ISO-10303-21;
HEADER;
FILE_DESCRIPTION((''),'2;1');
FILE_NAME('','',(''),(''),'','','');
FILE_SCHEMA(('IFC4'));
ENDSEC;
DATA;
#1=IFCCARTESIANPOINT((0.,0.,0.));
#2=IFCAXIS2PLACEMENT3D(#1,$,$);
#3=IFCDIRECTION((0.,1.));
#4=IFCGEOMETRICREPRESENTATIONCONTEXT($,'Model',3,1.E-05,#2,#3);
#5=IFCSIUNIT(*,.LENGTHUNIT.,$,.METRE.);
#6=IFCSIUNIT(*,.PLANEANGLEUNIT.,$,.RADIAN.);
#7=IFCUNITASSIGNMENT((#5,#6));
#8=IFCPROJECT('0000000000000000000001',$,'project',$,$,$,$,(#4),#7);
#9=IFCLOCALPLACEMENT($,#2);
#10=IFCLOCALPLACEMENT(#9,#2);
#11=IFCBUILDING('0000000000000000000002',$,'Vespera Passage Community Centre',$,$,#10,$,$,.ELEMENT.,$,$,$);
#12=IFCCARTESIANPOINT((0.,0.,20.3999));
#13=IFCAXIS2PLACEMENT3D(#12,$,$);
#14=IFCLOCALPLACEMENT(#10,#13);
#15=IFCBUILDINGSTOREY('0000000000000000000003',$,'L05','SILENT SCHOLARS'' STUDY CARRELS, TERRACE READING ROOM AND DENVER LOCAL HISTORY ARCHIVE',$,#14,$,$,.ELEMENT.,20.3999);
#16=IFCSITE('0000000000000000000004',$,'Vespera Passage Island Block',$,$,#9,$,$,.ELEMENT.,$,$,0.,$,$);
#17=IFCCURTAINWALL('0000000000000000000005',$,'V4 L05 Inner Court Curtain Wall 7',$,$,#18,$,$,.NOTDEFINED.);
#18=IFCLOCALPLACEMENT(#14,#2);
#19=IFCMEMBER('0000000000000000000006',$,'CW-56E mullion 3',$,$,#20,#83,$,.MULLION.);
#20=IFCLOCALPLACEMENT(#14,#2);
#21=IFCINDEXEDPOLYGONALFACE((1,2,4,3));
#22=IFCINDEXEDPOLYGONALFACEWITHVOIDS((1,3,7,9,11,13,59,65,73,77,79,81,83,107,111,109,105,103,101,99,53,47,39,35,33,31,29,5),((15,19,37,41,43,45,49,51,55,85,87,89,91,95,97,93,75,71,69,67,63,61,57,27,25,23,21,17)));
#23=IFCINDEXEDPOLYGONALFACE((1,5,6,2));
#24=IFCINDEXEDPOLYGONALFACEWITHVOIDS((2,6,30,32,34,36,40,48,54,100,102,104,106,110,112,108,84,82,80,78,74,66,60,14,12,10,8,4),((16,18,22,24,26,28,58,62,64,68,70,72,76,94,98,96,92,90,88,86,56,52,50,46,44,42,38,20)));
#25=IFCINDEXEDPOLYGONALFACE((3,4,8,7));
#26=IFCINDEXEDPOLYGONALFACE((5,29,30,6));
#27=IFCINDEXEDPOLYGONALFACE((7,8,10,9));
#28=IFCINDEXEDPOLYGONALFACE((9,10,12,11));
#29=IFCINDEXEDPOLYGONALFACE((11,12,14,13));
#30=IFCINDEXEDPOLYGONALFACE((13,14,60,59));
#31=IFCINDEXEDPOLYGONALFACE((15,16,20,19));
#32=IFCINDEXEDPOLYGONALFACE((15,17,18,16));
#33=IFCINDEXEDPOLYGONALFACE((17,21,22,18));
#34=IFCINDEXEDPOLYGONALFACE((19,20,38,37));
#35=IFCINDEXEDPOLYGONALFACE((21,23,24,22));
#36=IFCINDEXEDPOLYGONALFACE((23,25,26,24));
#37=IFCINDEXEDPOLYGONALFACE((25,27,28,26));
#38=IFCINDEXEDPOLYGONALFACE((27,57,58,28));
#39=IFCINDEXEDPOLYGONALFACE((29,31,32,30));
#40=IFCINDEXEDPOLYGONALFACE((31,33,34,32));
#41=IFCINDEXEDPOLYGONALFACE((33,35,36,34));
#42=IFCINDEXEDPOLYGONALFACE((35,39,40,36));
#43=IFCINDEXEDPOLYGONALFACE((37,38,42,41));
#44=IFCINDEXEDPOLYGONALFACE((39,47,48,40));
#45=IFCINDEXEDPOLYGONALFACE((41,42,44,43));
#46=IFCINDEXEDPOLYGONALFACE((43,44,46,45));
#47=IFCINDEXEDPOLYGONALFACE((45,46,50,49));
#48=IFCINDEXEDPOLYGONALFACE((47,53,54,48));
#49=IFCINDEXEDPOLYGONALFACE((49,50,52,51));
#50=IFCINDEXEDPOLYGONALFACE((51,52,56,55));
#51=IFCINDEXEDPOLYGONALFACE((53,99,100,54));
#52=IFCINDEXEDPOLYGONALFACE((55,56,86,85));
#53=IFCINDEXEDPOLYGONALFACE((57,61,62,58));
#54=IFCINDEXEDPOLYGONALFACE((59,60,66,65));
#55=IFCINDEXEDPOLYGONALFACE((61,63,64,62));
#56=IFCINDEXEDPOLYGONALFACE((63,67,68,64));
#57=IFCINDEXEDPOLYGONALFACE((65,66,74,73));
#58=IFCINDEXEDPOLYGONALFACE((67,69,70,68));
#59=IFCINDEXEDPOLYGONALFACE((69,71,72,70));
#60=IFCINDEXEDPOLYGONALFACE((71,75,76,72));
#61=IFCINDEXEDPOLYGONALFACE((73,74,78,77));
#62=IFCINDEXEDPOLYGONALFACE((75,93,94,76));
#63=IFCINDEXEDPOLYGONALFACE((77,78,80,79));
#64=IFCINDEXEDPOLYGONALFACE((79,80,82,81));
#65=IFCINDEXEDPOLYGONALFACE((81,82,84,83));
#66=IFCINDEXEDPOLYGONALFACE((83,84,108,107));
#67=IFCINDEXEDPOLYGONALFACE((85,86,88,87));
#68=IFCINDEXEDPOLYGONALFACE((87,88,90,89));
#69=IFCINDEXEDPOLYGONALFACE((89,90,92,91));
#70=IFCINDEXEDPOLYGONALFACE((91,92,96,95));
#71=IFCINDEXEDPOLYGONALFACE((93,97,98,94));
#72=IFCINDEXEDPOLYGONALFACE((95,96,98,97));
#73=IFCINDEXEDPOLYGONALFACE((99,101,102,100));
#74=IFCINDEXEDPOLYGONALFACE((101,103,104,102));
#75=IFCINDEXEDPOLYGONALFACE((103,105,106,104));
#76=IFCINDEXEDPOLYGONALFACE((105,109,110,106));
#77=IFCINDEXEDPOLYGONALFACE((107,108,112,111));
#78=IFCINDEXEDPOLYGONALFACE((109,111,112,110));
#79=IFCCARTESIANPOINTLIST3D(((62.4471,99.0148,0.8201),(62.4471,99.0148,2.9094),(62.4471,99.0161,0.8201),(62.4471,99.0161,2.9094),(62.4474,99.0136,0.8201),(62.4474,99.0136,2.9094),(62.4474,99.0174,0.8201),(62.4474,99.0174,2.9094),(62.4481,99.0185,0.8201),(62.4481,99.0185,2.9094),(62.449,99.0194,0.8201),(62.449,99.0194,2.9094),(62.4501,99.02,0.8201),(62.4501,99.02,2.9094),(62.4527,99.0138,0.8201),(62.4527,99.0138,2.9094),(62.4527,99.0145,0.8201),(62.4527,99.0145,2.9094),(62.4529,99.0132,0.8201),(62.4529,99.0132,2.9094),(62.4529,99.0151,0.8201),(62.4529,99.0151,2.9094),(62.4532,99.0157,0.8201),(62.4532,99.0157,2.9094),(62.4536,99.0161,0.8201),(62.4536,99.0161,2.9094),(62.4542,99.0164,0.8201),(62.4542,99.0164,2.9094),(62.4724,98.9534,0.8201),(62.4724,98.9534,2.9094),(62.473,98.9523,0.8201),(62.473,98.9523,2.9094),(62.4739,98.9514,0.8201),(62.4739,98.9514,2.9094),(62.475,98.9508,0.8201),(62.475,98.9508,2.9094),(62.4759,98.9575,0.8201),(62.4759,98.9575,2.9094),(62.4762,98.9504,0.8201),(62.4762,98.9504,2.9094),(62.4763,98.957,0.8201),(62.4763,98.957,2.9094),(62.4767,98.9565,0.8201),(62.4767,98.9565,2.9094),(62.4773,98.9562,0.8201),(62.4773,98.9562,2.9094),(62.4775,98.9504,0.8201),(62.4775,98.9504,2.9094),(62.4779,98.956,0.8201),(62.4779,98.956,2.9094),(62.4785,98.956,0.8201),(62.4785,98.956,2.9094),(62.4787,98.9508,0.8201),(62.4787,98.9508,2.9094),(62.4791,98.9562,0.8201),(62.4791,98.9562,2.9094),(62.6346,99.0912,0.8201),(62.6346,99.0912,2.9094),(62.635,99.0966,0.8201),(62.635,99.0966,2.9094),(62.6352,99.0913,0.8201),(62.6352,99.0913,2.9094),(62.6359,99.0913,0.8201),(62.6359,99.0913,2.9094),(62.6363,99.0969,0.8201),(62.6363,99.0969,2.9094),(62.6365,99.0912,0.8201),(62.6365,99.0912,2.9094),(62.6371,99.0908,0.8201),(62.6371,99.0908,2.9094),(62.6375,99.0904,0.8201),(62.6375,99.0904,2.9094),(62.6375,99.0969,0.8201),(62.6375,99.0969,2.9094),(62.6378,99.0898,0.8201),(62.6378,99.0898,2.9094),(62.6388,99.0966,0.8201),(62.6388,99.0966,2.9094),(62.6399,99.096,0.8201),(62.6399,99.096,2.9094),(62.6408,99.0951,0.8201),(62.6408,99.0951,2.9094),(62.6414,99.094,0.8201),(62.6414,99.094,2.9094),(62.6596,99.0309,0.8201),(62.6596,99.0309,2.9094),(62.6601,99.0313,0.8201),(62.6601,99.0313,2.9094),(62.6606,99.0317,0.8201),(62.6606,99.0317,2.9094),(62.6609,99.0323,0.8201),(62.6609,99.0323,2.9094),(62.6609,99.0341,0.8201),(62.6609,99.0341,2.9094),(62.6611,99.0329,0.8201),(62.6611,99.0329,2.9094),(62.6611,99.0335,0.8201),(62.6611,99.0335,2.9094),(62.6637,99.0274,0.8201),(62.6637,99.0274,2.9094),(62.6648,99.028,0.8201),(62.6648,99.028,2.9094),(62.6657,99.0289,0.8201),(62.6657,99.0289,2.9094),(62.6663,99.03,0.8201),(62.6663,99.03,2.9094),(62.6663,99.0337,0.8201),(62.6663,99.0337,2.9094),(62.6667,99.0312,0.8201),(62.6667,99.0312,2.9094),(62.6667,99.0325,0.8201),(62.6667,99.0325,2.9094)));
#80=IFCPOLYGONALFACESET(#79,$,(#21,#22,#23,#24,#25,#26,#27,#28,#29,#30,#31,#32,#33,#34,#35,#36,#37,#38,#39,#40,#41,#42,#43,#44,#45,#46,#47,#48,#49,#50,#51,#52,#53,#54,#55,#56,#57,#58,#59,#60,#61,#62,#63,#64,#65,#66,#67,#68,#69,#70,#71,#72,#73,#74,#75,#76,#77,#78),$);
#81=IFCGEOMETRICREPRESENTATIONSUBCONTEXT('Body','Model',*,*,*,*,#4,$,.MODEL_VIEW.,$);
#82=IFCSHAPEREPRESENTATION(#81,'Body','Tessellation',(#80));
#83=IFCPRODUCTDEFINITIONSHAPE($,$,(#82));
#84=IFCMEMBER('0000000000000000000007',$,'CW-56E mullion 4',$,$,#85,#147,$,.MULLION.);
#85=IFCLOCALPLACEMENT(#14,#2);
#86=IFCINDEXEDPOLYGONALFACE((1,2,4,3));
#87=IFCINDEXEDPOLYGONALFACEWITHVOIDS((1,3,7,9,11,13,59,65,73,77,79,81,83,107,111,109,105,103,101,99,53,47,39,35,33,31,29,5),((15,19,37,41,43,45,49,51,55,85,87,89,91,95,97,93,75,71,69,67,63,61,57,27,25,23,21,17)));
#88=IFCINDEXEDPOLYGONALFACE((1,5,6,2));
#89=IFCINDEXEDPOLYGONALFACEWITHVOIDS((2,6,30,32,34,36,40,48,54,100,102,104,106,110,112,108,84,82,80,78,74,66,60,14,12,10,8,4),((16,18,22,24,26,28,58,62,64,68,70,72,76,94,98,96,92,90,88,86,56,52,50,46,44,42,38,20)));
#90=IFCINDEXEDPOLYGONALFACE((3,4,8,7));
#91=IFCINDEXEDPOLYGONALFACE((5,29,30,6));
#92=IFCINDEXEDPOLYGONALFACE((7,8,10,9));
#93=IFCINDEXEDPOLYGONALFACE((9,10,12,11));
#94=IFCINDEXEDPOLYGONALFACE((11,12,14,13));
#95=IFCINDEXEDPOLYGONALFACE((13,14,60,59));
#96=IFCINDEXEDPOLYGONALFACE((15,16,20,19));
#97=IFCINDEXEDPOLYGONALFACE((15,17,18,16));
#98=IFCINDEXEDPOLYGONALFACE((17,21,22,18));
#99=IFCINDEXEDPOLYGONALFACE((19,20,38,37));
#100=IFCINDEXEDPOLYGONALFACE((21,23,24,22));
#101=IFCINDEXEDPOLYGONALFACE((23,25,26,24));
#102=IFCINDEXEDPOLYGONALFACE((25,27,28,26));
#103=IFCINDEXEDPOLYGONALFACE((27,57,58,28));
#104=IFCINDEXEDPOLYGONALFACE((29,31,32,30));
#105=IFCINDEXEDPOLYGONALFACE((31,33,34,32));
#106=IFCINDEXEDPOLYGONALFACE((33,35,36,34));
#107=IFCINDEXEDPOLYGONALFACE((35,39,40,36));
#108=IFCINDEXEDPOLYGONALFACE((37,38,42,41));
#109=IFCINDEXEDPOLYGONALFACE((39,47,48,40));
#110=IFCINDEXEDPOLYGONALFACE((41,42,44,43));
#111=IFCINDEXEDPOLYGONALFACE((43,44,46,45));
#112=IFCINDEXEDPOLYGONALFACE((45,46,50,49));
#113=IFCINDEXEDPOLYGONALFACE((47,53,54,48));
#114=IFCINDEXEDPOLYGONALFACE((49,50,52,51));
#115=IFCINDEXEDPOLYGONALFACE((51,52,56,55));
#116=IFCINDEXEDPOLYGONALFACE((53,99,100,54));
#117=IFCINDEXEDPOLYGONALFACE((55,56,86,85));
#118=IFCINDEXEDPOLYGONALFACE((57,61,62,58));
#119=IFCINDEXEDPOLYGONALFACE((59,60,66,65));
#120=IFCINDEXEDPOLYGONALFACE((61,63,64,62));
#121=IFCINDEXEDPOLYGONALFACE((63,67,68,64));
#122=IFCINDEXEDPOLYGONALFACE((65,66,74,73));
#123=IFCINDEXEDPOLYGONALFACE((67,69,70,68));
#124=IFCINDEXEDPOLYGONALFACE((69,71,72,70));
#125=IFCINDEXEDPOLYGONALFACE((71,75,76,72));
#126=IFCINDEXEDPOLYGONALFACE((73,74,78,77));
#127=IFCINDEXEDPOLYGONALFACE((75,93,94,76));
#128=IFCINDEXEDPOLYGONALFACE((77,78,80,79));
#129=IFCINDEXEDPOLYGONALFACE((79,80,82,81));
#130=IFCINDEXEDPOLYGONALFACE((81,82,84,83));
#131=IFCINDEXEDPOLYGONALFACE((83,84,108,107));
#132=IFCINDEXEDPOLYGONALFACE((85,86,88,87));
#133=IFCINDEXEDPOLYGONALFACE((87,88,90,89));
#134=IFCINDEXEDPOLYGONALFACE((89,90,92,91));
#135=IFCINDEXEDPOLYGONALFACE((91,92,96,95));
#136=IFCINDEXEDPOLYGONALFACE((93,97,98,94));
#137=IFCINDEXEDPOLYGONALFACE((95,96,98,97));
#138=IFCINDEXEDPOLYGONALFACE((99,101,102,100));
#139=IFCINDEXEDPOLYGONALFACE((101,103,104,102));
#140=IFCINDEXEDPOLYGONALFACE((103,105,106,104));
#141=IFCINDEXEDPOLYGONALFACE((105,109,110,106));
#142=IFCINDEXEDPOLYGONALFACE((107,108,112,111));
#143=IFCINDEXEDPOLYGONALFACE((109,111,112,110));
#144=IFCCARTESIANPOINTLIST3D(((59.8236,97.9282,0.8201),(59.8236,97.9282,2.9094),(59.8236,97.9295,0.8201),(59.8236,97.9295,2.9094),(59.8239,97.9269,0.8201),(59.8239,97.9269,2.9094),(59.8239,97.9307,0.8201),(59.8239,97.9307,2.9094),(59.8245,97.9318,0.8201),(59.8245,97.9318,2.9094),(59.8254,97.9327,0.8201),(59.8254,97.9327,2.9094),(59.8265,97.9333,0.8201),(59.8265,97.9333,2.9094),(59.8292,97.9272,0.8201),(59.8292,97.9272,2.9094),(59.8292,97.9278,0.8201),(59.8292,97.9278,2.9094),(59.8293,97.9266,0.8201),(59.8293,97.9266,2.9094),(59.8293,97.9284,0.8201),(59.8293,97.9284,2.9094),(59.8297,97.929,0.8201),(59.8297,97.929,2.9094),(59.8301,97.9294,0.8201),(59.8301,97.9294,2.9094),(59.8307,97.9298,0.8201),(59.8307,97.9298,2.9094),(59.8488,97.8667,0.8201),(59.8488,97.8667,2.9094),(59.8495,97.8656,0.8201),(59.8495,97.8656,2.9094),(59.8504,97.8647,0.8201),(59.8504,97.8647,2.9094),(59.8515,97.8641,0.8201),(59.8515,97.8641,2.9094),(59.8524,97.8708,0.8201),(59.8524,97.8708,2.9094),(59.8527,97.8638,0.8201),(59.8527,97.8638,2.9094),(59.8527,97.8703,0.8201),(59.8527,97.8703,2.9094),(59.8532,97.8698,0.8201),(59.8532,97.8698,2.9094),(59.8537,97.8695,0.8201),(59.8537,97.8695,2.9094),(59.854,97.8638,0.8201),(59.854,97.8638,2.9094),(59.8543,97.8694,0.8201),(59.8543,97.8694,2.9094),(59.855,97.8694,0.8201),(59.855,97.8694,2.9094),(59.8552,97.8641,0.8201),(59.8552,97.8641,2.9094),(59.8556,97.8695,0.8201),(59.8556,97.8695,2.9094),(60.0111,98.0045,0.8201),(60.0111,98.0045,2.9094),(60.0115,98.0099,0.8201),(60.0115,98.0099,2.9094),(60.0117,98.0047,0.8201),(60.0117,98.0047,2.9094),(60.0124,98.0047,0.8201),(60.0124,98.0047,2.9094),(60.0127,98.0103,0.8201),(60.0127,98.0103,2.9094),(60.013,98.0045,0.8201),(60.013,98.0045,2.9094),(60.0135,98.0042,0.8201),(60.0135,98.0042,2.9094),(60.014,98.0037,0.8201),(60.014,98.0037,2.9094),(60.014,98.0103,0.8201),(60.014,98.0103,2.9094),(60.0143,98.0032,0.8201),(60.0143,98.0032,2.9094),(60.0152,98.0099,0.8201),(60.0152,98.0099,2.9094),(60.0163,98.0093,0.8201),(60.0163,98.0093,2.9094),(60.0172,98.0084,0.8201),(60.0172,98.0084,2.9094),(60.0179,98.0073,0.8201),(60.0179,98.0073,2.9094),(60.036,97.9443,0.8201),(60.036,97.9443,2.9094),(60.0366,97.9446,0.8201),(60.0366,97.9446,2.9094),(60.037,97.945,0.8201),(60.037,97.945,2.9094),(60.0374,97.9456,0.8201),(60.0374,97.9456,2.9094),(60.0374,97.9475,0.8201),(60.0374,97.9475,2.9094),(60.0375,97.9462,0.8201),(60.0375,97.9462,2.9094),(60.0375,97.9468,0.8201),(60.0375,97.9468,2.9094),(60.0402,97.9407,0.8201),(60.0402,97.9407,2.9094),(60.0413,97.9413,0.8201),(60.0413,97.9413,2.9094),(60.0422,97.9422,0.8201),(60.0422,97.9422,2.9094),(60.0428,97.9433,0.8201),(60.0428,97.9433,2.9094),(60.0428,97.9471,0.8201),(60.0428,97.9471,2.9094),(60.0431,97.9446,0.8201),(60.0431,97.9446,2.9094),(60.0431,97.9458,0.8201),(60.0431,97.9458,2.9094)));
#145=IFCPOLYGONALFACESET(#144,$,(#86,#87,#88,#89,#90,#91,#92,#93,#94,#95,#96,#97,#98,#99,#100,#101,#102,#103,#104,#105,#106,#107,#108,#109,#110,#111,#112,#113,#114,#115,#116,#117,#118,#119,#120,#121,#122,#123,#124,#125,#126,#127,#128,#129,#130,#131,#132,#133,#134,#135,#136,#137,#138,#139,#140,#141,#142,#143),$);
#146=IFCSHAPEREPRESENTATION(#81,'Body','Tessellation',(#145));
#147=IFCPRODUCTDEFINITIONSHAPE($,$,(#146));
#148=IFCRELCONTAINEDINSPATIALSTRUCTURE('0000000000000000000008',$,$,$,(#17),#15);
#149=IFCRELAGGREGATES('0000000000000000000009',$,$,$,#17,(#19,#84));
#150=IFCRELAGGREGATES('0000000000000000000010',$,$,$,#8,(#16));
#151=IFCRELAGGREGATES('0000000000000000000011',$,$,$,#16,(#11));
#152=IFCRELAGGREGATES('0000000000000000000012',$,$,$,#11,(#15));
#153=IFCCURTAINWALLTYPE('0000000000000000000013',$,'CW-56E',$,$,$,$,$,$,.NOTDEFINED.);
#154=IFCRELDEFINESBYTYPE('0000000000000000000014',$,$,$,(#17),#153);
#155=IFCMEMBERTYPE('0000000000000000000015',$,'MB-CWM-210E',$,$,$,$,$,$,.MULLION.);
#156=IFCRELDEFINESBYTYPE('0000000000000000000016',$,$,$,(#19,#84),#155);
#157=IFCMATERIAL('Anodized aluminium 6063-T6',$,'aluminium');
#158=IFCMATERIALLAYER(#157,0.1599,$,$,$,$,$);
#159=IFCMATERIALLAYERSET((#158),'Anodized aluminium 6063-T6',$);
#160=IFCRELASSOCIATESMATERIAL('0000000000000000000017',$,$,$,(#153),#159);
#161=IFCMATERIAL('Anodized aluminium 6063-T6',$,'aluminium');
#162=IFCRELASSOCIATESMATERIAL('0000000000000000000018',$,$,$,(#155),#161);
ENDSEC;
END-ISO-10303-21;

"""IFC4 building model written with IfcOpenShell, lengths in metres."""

from ifc_helpers import new_model, si_unit, direction, frame, origin, origin_2d, place, context, subcontext, project, spatial, hollow_rectangle, extrude, material, layer, layer_set, material_profile, profile_set, type_object, element, aggregate, save


model = new_model("IFC4")

# Units and contexts
model_context = context("Model", 3, precision=1e-05, world=origin(), true_north=direction((0.0, 1.0)))
body_context = subcontext(model_context, "Body", "Model", "MODEL_VIEW")
ifc_project = project(units=[si_unit("LENGTHUNIT", "METRE"), si_unit("PLANEANGLEUNIT", "RADIAN")], contexts=[model_context])

# Site, building, storey
site_placement = place(None, origin())
site = spatial("IfcSite", under=ifc_project, at=site_placement, Name="Vespera Passage Island Block", CompositionType="ELEMENT", RefElevation=0.0)
building_placement = place(site_placement, origin())
building = spatial("IfcBuilding", under=site, at=building_placement, Name="Vespera Passage Community Centre", CompositionType="ELEMENT")
storey_placement = place(building_placement, frame((0.0, 0.0, 20.3999)))
storey = spatial("IfcBuildingStorey", under=building, at=storey_placement, Name="L05", Description="SILENT SCHOLARS' STUDY CARRELS, TERRACE READING ROOM AND DENVER LOCAL HISTORY ARCHIVE", CompositionType="ELEMENT", Elevation=20.3999)

# Curtain wall, members
ifc_material_1 = material(Name="Anodized aluminium 6063-T6", Category="aluminium")
ifc_layer_1 = layer(ifc_material_1, 0.1599)
ifc_layer_set_1 = layer_set([ifc_layer_1], Name="Anodized aluminium 6063-T6")
curtain_wall_type = type_object("IfcCurtainWallType", Name="CW-56E", PredefinedType="NOTDEFINED", material=ifc_layer_set_1)
curtain_wall_placement = place(storey_placement, origin())
curtain_wall = element("IfcCurtainWall", 1, at=curtain_wall_placement, inside=storey, type_object=curtain_wall_type, Name="V4 L05 Inner Court Curtain Wall 7", PredefinedType="NOTDEFINED")
ifc_material_2 = material(Name="Anodized aluminium 6063-T6", Category="aluminium")
ifc_material_profile_1 = material_profile(ifc_material_2, hollow_rectangle(XDim=0.075, YDim=0.21, WallThickness=0.0049, InnerFilletRadius=0.0024, OuterFilletRadius=0.0049, at=origin_2d()), Name="ALU210X75X5")
ifc_profile_set_1 = profile_set([ifc_material_profile_1], Name="Anodized aluminium 6063-T6")
member_type_1 = type_object("IfcMemberType", Name="MB-CWM-210E", PredefinedType="MULLION", material=ifc_profile_set_1)
member_1_placement = place(storey_placement, frame((62.5569, 99.0237, 0.8201), z_axis=(0.0, 0.0, 1.0), x_axis=(0.38269, -0.923877, 0.0)))
member_1 = element("IfcMember", 2, at=member_1_placement, type_object=member_type_1, Name="CW-56E mullion 3", PredefinedType="MULLION", context=body_context, shape_type="SweptSolid", body=[
    extrude(hollow_rectangle(XDim=0.075, YDim=0.21, WallThickness=0.0049, InnerFilletRadius=0.0024, OuterFilletRadius=0.0049, at=origin_2d()), origin(), (0.0, 0.0, 1.0), 2.0894),
])
member_2_placement = place(storey_placement, frame((59.9333, 97.937, 0.8201), z_axis=(0.0, 0.0, 1.0), x_axis=(0.38269, -0.923877, 0.0)))
member_2 = element("IfcMember", 3, at=member_2_placement, type_object=member_type_1, Name="CW-56E mullion 4", PredefinedType="MULLION", context=body_context, shape_type="SweptSolid", body=[
    extrude(hollow_rectangle(XDim=0.075, YDim=0.21, WallThickness=0.0049, InnerFilletRadius=0.0024, OuterFilletRadius=0.0049, at=origin_2d()), origin(), (0.0, 0.0, 1.0), 2.0894),
])
aggregate(curtain_wall, [member_1, member_2])

save(model, "model.ifc")
